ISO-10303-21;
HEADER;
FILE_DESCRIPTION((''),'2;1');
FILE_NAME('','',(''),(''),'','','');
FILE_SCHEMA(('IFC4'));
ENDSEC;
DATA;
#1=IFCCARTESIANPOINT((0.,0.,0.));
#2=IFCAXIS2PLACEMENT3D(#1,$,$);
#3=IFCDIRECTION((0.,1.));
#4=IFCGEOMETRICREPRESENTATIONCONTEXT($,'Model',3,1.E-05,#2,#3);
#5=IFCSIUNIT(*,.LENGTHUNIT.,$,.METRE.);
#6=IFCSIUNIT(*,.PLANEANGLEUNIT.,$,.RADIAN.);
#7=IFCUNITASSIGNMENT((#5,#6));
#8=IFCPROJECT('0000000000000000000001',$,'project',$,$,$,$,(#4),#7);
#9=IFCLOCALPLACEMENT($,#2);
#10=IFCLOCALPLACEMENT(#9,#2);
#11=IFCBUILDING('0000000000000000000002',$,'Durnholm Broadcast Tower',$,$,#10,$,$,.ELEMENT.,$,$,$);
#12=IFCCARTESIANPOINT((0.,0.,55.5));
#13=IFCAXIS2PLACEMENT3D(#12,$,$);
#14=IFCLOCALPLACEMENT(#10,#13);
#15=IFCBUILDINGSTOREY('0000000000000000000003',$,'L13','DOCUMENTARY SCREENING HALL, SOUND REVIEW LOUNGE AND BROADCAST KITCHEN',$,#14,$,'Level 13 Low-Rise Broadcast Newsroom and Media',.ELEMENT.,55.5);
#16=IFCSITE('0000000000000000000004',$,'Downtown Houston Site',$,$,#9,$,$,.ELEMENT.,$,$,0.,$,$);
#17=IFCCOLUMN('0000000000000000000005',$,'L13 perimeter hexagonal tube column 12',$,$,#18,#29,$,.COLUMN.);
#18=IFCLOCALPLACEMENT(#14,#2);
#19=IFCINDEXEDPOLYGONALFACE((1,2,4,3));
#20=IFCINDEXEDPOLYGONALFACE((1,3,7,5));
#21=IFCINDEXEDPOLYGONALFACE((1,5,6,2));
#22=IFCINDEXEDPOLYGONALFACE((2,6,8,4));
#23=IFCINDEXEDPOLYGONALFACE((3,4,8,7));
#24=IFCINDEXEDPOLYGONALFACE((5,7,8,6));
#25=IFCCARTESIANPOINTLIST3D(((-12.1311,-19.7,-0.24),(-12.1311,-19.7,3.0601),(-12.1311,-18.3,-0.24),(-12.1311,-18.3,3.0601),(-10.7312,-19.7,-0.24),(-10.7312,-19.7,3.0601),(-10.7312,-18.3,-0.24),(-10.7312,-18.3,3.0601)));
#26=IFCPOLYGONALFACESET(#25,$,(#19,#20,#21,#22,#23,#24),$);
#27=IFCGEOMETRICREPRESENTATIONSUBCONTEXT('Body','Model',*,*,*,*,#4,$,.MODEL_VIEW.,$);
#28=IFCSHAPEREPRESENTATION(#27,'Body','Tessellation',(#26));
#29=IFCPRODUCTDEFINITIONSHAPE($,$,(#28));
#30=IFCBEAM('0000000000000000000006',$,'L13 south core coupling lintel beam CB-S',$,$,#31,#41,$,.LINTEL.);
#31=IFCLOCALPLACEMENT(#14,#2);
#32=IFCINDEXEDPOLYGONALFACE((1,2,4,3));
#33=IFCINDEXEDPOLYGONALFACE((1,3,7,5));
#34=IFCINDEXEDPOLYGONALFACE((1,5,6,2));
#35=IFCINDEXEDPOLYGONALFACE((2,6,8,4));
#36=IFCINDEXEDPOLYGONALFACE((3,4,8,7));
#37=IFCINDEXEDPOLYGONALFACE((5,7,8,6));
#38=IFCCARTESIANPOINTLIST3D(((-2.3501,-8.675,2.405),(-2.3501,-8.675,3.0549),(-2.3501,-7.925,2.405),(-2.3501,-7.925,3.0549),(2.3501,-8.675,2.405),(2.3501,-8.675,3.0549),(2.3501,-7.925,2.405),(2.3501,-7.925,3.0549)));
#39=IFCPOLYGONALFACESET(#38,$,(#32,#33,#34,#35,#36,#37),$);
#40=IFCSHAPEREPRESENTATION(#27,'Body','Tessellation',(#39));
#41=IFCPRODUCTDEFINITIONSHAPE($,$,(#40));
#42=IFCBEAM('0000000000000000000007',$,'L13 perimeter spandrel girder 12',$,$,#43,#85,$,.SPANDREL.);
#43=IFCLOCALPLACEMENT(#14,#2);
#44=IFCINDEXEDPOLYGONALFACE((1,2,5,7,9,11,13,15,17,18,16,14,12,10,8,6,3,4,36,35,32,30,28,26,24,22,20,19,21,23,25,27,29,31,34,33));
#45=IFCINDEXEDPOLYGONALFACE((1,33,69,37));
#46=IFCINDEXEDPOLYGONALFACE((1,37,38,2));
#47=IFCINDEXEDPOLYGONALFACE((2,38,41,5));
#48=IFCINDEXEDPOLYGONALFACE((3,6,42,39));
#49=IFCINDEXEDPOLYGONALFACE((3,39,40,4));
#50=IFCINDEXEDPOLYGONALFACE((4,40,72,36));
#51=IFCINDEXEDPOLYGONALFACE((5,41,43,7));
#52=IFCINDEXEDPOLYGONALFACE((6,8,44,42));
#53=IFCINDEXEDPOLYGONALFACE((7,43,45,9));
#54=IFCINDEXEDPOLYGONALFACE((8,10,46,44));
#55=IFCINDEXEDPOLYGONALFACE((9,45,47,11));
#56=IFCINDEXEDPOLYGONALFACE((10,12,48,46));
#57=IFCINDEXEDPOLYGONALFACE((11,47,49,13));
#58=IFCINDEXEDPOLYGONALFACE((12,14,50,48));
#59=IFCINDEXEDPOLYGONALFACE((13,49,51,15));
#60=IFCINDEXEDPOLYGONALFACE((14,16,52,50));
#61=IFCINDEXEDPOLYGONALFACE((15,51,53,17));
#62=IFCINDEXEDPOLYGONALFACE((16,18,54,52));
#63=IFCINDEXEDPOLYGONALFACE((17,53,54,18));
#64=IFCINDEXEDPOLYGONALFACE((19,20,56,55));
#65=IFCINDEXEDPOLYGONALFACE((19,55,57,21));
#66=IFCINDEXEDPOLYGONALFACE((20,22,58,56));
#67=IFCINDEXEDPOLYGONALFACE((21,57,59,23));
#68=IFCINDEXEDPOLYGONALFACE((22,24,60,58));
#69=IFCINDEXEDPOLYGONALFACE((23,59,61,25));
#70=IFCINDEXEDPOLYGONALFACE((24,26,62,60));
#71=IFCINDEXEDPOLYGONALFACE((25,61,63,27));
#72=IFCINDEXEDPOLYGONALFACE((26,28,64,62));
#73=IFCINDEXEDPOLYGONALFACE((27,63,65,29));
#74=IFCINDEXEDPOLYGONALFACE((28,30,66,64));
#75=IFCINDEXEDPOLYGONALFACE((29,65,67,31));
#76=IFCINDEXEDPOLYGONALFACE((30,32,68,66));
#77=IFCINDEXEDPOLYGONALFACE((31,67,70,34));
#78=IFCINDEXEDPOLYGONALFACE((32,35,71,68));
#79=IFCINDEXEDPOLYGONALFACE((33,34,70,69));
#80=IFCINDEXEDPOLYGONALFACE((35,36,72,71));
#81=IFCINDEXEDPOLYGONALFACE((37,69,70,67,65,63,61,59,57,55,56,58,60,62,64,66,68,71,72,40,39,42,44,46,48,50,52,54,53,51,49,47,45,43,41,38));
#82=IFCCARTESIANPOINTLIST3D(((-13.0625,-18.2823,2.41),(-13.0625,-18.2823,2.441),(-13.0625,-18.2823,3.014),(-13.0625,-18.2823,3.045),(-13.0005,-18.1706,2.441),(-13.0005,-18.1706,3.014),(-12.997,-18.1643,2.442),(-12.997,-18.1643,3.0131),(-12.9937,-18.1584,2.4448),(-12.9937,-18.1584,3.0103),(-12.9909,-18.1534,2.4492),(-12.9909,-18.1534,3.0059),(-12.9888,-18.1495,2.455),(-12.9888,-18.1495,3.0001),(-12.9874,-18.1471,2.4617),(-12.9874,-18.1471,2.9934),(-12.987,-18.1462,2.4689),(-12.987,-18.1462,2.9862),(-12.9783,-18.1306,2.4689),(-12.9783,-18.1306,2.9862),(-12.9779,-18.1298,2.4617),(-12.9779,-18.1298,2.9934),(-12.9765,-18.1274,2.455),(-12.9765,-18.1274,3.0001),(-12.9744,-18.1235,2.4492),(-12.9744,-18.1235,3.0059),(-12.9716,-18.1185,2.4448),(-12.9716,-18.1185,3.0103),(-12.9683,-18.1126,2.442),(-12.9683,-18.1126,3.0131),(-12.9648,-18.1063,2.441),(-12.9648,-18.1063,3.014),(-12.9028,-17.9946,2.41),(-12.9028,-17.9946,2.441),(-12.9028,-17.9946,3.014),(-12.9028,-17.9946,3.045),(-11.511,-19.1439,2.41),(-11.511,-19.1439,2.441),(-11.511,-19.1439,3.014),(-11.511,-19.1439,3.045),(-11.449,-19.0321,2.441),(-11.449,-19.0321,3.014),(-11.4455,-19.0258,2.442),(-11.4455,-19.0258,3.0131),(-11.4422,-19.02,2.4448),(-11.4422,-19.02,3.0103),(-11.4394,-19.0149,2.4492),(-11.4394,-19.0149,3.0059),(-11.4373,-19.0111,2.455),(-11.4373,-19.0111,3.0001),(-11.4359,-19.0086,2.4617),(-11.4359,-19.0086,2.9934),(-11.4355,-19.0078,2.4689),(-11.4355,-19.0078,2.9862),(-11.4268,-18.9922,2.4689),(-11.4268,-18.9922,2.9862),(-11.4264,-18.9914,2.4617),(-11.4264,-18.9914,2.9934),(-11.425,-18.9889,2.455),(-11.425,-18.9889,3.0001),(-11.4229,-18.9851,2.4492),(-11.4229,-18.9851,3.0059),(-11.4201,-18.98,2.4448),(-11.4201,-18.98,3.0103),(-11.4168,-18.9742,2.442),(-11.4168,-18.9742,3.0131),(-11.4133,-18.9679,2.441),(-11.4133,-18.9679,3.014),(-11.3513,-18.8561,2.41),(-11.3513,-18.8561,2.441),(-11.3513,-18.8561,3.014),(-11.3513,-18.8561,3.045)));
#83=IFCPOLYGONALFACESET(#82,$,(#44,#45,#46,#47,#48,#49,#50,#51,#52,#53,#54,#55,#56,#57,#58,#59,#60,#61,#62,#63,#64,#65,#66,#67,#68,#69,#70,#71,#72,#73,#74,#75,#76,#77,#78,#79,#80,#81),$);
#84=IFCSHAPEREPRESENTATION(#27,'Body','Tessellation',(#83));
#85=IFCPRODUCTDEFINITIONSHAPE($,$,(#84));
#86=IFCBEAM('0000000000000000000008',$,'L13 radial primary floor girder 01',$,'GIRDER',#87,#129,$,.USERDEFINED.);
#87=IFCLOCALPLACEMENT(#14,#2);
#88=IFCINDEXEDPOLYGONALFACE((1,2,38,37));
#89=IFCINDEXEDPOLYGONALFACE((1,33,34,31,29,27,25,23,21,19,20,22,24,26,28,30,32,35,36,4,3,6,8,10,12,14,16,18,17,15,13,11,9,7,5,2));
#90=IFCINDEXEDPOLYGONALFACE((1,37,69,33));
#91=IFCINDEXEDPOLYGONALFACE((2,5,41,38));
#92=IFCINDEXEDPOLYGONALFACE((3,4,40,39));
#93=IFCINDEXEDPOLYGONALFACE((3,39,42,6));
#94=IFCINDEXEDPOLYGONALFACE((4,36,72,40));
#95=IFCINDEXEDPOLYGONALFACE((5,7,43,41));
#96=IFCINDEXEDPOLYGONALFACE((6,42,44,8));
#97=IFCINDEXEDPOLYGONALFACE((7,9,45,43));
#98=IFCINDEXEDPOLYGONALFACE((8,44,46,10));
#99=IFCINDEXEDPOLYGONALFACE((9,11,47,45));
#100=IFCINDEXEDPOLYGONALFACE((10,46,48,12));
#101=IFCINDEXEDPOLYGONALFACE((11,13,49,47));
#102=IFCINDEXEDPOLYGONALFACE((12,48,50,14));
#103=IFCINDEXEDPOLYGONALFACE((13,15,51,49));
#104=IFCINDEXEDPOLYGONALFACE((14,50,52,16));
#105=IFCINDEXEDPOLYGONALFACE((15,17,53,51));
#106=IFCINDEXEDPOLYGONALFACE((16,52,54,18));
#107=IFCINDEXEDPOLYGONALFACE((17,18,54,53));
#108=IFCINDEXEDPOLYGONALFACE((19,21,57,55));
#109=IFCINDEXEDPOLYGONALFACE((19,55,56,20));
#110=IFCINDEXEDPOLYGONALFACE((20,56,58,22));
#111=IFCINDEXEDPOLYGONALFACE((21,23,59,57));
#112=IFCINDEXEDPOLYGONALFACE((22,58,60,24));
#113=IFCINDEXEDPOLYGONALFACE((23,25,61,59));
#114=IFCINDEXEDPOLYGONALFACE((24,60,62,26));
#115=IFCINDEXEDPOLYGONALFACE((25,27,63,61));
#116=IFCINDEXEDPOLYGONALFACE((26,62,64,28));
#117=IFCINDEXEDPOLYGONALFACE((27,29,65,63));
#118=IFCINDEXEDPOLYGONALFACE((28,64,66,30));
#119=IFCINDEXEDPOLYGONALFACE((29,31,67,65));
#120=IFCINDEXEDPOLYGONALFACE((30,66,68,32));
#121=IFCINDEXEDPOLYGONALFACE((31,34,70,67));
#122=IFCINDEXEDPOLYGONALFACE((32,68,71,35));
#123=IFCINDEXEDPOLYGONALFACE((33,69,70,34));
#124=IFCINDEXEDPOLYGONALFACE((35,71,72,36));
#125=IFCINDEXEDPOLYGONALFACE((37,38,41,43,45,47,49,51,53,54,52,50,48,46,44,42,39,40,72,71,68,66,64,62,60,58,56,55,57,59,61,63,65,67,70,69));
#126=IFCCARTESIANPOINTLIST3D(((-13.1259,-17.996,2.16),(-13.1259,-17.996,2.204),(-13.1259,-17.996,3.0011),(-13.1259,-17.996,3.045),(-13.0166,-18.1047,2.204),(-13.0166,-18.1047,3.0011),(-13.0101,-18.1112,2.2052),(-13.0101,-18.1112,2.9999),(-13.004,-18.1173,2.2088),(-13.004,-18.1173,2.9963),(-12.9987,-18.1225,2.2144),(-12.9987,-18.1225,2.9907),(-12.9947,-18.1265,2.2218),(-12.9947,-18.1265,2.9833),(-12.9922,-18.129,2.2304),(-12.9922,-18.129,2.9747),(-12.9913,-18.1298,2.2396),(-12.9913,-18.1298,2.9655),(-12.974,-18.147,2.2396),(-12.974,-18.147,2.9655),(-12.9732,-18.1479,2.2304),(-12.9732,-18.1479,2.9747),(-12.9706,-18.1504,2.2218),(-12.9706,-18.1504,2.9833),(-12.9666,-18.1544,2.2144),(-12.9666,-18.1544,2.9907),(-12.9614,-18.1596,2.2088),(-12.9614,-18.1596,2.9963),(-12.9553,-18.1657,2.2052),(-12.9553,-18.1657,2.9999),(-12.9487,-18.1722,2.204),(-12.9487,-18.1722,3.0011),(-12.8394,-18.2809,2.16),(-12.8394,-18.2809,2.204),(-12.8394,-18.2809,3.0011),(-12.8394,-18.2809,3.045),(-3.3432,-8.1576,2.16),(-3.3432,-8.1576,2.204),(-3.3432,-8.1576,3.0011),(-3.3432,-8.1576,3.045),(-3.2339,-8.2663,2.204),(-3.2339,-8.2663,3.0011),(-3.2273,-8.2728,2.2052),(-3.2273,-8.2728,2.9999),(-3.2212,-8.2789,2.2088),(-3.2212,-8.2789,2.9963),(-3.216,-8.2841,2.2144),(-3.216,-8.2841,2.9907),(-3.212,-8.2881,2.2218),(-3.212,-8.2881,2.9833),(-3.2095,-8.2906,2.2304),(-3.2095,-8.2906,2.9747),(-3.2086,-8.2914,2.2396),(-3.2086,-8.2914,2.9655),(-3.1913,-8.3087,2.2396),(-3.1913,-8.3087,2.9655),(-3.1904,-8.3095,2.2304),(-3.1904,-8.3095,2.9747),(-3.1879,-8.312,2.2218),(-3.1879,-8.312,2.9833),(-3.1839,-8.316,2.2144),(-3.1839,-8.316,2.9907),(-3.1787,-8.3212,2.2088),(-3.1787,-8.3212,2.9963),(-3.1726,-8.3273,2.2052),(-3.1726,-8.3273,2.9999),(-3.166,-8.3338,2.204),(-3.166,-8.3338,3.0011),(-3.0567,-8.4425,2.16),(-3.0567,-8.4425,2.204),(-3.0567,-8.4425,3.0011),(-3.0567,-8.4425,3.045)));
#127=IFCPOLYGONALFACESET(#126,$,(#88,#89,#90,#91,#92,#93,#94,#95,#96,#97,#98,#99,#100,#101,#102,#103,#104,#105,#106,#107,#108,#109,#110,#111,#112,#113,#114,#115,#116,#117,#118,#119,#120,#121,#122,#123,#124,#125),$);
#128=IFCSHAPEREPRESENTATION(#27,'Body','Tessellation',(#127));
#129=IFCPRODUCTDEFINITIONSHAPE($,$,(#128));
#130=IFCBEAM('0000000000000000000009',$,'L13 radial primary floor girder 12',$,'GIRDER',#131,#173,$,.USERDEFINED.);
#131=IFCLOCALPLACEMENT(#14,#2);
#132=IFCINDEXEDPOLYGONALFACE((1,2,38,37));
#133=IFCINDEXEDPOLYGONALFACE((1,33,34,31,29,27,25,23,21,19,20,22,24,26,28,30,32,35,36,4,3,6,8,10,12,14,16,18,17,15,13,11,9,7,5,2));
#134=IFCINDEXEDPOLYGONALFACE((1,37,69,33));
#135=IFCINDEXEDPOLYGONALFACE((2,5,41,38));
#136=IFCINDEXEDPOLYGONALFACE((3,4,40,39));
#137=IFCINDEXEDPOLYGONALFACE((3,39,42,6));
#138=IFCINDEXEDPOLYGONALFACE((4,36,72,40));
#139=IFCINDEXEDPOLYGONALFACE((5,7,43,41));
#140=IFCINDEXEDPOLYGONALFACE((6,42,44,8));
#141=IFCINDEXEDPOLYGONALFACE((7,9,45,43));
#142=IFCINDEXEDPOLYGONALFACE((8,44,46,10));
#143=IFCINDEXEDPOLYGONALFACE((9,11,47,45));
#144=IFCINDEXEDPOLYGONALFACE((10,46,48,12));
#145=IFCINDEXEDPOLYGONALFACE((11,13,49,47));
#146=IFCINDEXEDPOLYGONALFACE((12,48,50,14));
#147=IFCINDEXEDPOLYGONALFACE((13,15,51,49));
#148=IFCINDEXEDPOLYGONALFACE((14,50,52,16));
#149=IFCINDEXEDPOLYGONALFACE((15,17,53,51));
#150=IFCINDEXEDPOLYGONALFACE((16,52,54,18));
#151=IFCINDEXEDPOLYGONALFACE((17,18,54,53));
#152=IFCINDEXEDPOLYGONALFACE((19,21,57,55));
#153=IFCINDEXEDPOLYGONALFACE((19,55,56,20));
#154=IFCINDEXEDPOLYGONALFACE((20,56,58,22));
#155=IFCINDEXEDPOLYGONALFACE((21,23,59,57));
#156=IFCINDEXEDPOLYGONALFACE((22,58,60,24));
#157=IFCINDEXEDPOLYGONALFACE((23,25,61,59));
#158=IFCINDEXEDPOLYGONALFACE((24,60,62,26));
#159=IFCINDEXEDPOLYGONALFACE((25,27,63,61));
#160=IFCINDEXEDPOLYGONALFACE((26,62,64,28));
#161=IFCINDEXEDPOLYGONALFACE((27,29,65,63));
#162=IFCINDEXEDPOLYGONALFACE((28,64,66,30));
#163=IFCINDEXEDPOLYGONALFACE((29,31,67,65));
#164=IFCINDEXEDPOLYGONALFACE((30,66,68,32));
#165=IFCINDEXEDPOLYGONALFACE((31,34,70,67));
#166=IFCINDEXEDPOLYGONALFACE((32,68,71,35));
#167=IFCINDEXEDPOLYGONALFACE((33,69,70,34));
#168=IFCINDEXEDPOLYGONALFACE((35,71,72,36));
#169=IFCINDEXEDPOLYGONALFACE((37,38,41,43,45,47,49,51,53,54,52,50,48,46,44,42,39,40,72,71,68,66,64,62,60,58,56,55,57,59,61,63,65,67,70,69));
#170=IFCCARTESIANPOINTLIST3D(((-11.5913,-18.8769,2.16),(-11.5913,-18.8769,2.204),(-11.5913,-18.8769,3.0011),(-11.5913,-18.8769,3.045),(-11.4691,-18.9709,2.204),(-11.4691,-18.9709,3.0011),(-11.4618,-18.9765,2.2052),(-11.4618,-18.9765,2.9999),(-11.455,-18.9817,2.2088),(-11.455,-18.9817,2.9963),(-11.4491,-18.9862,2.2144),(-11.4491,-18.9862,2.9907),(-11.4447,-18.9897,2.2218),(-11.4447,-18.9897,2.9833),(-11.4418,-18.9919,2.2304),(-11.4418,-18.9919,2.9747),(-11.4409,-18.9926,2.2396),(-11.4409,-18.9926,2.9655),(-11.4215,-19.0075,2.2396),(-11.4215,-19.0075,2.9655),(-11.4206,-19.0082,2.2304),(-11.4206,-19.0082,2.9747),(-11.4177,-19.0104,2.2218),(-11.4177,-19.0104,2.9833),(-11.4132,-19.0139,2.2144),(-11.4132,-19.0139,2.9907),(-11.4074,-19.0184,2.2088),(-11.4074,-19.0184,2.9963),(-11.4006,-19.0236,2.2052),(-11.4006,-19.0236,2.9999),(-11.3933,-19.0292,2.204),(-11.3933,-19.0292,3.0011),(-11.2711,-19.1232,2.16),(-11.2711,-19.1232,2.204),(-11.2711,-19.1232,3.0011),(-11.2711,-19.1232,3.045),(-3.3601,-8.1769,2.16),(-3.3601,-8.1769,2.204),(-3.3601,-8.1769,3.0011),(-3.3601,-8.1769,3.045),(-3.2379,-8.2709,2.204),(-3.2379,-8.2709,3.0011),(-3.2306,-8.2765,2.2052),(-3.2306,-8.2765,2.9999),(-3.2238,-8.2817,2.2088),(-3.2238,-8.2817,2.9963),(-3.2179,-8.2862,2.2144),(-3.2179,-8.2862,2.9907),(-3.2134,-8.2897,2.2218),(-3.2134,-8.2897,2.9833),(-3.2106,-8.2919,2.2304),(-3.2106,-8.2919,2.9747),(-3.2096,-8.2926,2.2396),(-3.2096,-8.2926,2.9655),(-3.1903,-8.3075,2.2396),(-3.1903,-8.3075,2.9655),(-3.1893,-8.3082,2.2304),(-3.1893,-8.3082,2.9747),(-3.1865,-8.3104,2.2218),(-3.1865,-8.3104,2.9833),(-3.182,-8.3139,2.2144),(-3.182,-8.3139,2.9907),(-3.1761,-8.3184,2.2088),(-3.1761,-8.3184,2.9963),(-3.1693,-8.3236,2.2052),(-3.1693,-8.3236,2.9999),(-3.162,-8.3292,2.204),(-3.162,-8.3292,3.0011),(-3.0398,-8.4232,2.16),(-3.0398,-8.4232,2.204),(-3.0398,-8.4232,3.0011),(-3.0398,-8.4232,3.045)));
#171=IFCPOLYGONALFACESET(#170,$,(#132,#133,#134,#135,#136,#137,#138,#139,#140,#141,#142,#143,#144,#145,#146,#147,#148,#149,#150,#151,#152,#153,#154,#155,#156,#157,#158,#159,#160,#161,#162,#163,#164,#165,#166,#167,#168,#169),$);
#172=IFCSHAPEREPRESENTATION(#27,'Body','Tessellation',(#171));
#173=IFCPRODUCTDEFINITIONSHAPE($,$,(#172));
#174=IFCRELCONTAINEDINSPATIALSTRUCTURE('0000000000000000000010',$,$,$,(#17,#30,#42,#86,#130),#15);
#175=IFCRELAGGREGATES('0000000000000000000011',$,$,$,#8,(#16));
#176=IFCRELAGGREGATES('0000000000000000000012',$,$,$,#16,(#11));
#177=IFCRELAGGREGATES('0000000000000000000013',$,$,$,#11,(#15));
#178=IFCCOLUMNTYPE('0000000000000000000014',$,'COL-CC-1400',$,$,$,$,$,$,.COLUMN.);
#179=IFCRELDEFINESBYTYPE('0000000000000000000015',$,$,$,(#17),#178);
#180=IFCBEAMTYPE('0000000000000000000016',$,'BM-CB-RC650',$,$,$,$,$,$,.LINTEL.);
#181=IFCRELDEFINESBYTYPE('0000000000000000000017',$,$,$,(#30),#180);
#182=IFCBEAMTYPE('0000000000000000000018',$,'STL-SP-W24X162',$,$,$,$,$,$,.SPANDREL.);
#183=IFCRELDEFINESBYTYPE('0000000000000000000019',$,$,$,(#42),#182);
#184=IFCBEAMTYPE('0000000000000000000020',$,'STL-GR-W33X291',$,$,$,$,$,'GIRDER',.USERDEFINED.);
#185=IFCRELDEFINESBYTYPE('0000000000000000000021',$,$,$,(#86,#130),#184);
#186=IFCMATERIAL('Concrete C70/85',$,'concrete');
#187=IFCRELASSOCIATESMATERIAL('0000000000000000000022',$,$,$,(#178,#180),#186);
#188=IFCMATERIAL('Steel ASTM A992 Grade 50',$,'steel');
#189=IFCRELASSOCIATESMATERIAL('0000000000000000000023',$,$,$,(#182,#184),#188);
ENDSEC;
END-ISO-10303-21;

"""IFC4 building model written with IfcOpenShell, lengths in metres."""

from ifc_helpers import new_model, si_unit, direction, frame, origin, origin_2d, place, context, subcontext, project, spatial, rectangle, i_section, extrude, source, transform, mapped, material, material_profile, profile_set, type_object, type_shapes, element, save


model = new_model("IFC4")

# Units and contexts
model_context = context("Model", 3, precision=1e-05, world=origin(), true_north=direction((0.0, 1.0)))
body_context = subcontext(model_context, "Body", "Model", "MODEL_VIEW")
ifc_project = project(units=[si_unit("LENGTHUNIT", "METRE"), si_unit("PLANEANGLEUNIT", "RADIAN")], contexts=[model_context])

# Site, building, storey
site_placement = place(None, origin())
site = spatial("IfcSite", under=ifc_project, at=site_placement, Name="Downtown Houston Site", CompositionType="ELEMENT", RefElevation=0.0)
building_placement = place(site_placement, origin())
building = spatial("IfcBuilding", under=site, at=building_placement, Name="Durnholm Broadcast Tower", CompositionType="ELEMENT")
storey_placement = place(building_placement, frame((0.0, 0.0, 55.5)))
storey = spatial("IfcBuildingStorey", under=building, at=storey_placement, Name="L13", Description="DOCUMENTARY SCREENING HALL, SOUND REVIEW LOUNGE AND BROADCAST KITCHEN", LongName="Level 13 Low-Rise Broadcast Newsroom and Media", CompositionType="ELEMENT", Elevation=55.5)

# Column
ifc_material_1 = material(Name="Concrete C70/85", Category="concrete")
ifc_material_profile_1 = material_profile(ifc_material_1, rectangle(XDim=1.3999, YDim=1.3999, at=origin_2d()), Name="RC1400X1400")
ifc_profile_set_1 = profile_set([ifc_material_profile_1], Name="Concrete C70/85")
column_type = type_object("IfcColumnType", Name="COL-CC-1400", PredefinedType="COLUMN", material=ifc_profile_set_1)
shared_shape_1 = source(origin(), body_context, "Body", "SweptSolid", [
    extrude(rectangle(XDim=1.3999, YDim=1.3999, at=origin_2d()), origin(), (0.0, 0.0, 1.0), 3.3),
])
type_shapes(column_type, [shared_shape_1])
column_placement = place(storey_placement, frame((-11.4312, -19.0, -0.24), z_axis=(0.0, 0.0, 1.0), x_axis=(1.0, 0.0, 0.0)))
element("IfcColumn", 1, at=column_placement, inside=storey, type_object=column_type, Name="L13 perimeter hexagonal tube column 12", PredefinedType="COLUMN", context=body_context, shape_type="MappedRepresentation", body=[
    mapped(shared_shape_1, transform((0.0, 0.0, 0.0), x_axis=(1.0, 0.0, 0.0), y_axis=(0.0, 1.0, 0.0), z_axis=(0.0, 0.0, 1.0), scale=1.0)),
])

# Beams
ifc_material_profile_2 = material_profile(ifc_material_1, rectangle(XDim=0.75, YDim=0.6499, at=origin_2d()), Name="RC750X650")
ifc_profile_set_2 = profile_set([ifc_material_profile_2], Name="Concrete C70/85")
beam_type_1 = type_object("IfcBeamType", Name="BM-CB-RC650", PredefinedType="LINTEL", material=ifc_profile_set_2)
shared_shape_2 = source(origin(), body_context, "Body", "SweptSolid", [
    extrude(rectangle(XDim=0.75, YDim=0.6499, at=origin_2d()), origin(), (0.0, 0.0, 1.0), 4.7002),
])
type_shapes(beam_type_1, [shared_shape_2])
beam_1_placement = place(storey_placement, frame((-2.3501, -8.3, 2.73), z_axis=(1.0, 0.0, 0.0), x_axis=(0.0, 1.0, 0.0)))
element("IfcBeam", 2, at=beam_1_placement, inside=storey, type_object=beam_type_1, Name="L13 south core coupling lintel beam CB-S", PredefinedType="LINTEL", context=body_context, shape_type="MappedRepresentation", body=[
    mapped(shared_shape_2, transform((0.0, 0.0, 0.0), x_axis=(1.0, 0.0, 0.0), y_axis=(0.0, 1.0, 0.0), z_axis=(0.0, 0.0, 1.0), scale=1.0)),
])
ifc_material_2 = material(Name="Steel ASTM A992 Grade 50", Category="steel")
ifc_material_profile_3 = material_profile(ifc_material_2, i_section(OverallWidth=0.3291, OverallDepth=0.635, WebThickness=0.0178, FlangeThickness=0.031, FilletRadius=0.0278, at=origin_2d()), Name="W24X162")
ifc_profile_set_3 = profile_set([ifc_material_profile_3], Name="Steel ASTM A992 Grade 50")
beam_type_2 = type_object("IfcBeamType", Name="STL-SP-W24X162", PredefinedType="SPANDREL", material=ifc_profile_set_3)
shared_shape_3 = source(origin(), body_context, "Body", "SweptSolid", [
    extrude(i_section(OverallWidth=0.3291, OverallDepth=0.635, WebThickness=0.0178, FlangeThickness=0.031, FilletRadius=0.0278, at=origin_2d()), origin(), (0.0, 0.0, 1.0), 1.7747),
])
type_shapes(beam_type_2, [shared_shape_3])
beam_2_placement = place(storey_placement, frame((-11.4312, -19.0, 2.7275), z_axis=(-0.874248, 0.485479, 0.0), x_axis=(-0.485479, -0.874248, 0.0)))
element("IfcBeam", 3, at=beam_2_placement, inside=storey, type_object=beam_type_2, Name="L13 perimeter spandrel girder 12", PredefinedType="SPANDREL", context=body_context, shape_type="MappedRepresentation", body=[
    mapped(shared_shape_3, transform((0.0, 0.0, 0.0), x_axis=(1.0, 0.0, 0.0), y_axis=(0.0, 1.0, 0.0), z_axis=(0.0, 0.0, 1.0), scale=1.0)),
])
ifc_material_profile_4 = material_profile(ifc_material_2, i_section(OverallWidth=0.4041, OverallDepth=0.885, WebThickness=0.0244, FlangeThickness=0.0439, FilletRadius=0.0356, at=origin_2d()), Name="W33X291")
ifc_profile_set_4 = profile_set([ifc_material_profile_4], Name="Steel ASTM A992 Grade 50")
beam_type_3 = type_object("IfcBeamType", Name="STL-GR-W33X291", ElementType="GIRDER", PredefinedType="USERDEFINED", material=ifc_profile_set_4)
shared_shape_4 = source(origin(), body_context, "Body", "SweptSolid", [
    extrude(i_section(OverallWidth=0.4041, OverallDepth=0.885, WebThickness=0.0244, FlangeThickness=0.0439, FilletRadius=0.0356, at=origin_2d()), origin(), (0.0, 0.0, 1.0), 13.8743),
])
beam_3_placement = place(storey_placement, frame((-3.2, -8.3, 2.6025), z_axis=(-0.705098, -0.70911, 0.0), x_axis=(0.70911, -0.705098, 0.0)))
element("IfcBeam", 4, at=beam_3_placement, inside=storey, type_object=beam_type_3, Name="L13 radial primary floor girder 01", ObjectType="GIRDER", PredefinedType="USERDEFINED", context=body_context, shape_type="MappedRepresentation", body=[
    mapped(shared_shape_4, transform((0.0, 0.0, 0.0), x_axis=(1.0, 0.0, 0.0), y_axis=(0.0, 1.0, 0.0), z_axis=(0.0, 0.0, 1.0), scale=1.0)),
])
shared_shape_5 = source(origin(), body_context, "Body", "SweptSolid", [
    extrude(i_section(OverallWidth=0.4041, OverallDepth=0.885, WebThickness=0.0244, FlangeThickness=0.0439, FilletRadius=0.0356, at=origin_2d()), origin(), (0.0, 0.0, 1.0), 13.4998),
])
type_shapes(beam_type_3, [shared_shape_4, shared_shape_5])
beam_4_placement = place(storey_placement, frame((-3.2, -8.3, 2.6025), z_axis=(-0.609733, -0.792607, 0.0), x_axis=(0.792607, -0.609733, 0.0)))
element("IfcBeam", 5, at=beam_4_placement, inside=storey, type_object=beam_type_3, Name="L13 radial primary floor girder 12", ObjectType="GIRDER", PredefinedType="USERDEFINED", context=body_context, shape_type="MappedRepresentation", body=[
    mapped(shared_shape_5, transform((0.0, 0.0, 0.0), x_axis=(1.0, 0.0, 0.0), y_axis=(0.0, 1.0, 0.0), z_axis=(0.0, 0.0, 1.0), scale=1.0)),
])

save(model, "model.ifc")
